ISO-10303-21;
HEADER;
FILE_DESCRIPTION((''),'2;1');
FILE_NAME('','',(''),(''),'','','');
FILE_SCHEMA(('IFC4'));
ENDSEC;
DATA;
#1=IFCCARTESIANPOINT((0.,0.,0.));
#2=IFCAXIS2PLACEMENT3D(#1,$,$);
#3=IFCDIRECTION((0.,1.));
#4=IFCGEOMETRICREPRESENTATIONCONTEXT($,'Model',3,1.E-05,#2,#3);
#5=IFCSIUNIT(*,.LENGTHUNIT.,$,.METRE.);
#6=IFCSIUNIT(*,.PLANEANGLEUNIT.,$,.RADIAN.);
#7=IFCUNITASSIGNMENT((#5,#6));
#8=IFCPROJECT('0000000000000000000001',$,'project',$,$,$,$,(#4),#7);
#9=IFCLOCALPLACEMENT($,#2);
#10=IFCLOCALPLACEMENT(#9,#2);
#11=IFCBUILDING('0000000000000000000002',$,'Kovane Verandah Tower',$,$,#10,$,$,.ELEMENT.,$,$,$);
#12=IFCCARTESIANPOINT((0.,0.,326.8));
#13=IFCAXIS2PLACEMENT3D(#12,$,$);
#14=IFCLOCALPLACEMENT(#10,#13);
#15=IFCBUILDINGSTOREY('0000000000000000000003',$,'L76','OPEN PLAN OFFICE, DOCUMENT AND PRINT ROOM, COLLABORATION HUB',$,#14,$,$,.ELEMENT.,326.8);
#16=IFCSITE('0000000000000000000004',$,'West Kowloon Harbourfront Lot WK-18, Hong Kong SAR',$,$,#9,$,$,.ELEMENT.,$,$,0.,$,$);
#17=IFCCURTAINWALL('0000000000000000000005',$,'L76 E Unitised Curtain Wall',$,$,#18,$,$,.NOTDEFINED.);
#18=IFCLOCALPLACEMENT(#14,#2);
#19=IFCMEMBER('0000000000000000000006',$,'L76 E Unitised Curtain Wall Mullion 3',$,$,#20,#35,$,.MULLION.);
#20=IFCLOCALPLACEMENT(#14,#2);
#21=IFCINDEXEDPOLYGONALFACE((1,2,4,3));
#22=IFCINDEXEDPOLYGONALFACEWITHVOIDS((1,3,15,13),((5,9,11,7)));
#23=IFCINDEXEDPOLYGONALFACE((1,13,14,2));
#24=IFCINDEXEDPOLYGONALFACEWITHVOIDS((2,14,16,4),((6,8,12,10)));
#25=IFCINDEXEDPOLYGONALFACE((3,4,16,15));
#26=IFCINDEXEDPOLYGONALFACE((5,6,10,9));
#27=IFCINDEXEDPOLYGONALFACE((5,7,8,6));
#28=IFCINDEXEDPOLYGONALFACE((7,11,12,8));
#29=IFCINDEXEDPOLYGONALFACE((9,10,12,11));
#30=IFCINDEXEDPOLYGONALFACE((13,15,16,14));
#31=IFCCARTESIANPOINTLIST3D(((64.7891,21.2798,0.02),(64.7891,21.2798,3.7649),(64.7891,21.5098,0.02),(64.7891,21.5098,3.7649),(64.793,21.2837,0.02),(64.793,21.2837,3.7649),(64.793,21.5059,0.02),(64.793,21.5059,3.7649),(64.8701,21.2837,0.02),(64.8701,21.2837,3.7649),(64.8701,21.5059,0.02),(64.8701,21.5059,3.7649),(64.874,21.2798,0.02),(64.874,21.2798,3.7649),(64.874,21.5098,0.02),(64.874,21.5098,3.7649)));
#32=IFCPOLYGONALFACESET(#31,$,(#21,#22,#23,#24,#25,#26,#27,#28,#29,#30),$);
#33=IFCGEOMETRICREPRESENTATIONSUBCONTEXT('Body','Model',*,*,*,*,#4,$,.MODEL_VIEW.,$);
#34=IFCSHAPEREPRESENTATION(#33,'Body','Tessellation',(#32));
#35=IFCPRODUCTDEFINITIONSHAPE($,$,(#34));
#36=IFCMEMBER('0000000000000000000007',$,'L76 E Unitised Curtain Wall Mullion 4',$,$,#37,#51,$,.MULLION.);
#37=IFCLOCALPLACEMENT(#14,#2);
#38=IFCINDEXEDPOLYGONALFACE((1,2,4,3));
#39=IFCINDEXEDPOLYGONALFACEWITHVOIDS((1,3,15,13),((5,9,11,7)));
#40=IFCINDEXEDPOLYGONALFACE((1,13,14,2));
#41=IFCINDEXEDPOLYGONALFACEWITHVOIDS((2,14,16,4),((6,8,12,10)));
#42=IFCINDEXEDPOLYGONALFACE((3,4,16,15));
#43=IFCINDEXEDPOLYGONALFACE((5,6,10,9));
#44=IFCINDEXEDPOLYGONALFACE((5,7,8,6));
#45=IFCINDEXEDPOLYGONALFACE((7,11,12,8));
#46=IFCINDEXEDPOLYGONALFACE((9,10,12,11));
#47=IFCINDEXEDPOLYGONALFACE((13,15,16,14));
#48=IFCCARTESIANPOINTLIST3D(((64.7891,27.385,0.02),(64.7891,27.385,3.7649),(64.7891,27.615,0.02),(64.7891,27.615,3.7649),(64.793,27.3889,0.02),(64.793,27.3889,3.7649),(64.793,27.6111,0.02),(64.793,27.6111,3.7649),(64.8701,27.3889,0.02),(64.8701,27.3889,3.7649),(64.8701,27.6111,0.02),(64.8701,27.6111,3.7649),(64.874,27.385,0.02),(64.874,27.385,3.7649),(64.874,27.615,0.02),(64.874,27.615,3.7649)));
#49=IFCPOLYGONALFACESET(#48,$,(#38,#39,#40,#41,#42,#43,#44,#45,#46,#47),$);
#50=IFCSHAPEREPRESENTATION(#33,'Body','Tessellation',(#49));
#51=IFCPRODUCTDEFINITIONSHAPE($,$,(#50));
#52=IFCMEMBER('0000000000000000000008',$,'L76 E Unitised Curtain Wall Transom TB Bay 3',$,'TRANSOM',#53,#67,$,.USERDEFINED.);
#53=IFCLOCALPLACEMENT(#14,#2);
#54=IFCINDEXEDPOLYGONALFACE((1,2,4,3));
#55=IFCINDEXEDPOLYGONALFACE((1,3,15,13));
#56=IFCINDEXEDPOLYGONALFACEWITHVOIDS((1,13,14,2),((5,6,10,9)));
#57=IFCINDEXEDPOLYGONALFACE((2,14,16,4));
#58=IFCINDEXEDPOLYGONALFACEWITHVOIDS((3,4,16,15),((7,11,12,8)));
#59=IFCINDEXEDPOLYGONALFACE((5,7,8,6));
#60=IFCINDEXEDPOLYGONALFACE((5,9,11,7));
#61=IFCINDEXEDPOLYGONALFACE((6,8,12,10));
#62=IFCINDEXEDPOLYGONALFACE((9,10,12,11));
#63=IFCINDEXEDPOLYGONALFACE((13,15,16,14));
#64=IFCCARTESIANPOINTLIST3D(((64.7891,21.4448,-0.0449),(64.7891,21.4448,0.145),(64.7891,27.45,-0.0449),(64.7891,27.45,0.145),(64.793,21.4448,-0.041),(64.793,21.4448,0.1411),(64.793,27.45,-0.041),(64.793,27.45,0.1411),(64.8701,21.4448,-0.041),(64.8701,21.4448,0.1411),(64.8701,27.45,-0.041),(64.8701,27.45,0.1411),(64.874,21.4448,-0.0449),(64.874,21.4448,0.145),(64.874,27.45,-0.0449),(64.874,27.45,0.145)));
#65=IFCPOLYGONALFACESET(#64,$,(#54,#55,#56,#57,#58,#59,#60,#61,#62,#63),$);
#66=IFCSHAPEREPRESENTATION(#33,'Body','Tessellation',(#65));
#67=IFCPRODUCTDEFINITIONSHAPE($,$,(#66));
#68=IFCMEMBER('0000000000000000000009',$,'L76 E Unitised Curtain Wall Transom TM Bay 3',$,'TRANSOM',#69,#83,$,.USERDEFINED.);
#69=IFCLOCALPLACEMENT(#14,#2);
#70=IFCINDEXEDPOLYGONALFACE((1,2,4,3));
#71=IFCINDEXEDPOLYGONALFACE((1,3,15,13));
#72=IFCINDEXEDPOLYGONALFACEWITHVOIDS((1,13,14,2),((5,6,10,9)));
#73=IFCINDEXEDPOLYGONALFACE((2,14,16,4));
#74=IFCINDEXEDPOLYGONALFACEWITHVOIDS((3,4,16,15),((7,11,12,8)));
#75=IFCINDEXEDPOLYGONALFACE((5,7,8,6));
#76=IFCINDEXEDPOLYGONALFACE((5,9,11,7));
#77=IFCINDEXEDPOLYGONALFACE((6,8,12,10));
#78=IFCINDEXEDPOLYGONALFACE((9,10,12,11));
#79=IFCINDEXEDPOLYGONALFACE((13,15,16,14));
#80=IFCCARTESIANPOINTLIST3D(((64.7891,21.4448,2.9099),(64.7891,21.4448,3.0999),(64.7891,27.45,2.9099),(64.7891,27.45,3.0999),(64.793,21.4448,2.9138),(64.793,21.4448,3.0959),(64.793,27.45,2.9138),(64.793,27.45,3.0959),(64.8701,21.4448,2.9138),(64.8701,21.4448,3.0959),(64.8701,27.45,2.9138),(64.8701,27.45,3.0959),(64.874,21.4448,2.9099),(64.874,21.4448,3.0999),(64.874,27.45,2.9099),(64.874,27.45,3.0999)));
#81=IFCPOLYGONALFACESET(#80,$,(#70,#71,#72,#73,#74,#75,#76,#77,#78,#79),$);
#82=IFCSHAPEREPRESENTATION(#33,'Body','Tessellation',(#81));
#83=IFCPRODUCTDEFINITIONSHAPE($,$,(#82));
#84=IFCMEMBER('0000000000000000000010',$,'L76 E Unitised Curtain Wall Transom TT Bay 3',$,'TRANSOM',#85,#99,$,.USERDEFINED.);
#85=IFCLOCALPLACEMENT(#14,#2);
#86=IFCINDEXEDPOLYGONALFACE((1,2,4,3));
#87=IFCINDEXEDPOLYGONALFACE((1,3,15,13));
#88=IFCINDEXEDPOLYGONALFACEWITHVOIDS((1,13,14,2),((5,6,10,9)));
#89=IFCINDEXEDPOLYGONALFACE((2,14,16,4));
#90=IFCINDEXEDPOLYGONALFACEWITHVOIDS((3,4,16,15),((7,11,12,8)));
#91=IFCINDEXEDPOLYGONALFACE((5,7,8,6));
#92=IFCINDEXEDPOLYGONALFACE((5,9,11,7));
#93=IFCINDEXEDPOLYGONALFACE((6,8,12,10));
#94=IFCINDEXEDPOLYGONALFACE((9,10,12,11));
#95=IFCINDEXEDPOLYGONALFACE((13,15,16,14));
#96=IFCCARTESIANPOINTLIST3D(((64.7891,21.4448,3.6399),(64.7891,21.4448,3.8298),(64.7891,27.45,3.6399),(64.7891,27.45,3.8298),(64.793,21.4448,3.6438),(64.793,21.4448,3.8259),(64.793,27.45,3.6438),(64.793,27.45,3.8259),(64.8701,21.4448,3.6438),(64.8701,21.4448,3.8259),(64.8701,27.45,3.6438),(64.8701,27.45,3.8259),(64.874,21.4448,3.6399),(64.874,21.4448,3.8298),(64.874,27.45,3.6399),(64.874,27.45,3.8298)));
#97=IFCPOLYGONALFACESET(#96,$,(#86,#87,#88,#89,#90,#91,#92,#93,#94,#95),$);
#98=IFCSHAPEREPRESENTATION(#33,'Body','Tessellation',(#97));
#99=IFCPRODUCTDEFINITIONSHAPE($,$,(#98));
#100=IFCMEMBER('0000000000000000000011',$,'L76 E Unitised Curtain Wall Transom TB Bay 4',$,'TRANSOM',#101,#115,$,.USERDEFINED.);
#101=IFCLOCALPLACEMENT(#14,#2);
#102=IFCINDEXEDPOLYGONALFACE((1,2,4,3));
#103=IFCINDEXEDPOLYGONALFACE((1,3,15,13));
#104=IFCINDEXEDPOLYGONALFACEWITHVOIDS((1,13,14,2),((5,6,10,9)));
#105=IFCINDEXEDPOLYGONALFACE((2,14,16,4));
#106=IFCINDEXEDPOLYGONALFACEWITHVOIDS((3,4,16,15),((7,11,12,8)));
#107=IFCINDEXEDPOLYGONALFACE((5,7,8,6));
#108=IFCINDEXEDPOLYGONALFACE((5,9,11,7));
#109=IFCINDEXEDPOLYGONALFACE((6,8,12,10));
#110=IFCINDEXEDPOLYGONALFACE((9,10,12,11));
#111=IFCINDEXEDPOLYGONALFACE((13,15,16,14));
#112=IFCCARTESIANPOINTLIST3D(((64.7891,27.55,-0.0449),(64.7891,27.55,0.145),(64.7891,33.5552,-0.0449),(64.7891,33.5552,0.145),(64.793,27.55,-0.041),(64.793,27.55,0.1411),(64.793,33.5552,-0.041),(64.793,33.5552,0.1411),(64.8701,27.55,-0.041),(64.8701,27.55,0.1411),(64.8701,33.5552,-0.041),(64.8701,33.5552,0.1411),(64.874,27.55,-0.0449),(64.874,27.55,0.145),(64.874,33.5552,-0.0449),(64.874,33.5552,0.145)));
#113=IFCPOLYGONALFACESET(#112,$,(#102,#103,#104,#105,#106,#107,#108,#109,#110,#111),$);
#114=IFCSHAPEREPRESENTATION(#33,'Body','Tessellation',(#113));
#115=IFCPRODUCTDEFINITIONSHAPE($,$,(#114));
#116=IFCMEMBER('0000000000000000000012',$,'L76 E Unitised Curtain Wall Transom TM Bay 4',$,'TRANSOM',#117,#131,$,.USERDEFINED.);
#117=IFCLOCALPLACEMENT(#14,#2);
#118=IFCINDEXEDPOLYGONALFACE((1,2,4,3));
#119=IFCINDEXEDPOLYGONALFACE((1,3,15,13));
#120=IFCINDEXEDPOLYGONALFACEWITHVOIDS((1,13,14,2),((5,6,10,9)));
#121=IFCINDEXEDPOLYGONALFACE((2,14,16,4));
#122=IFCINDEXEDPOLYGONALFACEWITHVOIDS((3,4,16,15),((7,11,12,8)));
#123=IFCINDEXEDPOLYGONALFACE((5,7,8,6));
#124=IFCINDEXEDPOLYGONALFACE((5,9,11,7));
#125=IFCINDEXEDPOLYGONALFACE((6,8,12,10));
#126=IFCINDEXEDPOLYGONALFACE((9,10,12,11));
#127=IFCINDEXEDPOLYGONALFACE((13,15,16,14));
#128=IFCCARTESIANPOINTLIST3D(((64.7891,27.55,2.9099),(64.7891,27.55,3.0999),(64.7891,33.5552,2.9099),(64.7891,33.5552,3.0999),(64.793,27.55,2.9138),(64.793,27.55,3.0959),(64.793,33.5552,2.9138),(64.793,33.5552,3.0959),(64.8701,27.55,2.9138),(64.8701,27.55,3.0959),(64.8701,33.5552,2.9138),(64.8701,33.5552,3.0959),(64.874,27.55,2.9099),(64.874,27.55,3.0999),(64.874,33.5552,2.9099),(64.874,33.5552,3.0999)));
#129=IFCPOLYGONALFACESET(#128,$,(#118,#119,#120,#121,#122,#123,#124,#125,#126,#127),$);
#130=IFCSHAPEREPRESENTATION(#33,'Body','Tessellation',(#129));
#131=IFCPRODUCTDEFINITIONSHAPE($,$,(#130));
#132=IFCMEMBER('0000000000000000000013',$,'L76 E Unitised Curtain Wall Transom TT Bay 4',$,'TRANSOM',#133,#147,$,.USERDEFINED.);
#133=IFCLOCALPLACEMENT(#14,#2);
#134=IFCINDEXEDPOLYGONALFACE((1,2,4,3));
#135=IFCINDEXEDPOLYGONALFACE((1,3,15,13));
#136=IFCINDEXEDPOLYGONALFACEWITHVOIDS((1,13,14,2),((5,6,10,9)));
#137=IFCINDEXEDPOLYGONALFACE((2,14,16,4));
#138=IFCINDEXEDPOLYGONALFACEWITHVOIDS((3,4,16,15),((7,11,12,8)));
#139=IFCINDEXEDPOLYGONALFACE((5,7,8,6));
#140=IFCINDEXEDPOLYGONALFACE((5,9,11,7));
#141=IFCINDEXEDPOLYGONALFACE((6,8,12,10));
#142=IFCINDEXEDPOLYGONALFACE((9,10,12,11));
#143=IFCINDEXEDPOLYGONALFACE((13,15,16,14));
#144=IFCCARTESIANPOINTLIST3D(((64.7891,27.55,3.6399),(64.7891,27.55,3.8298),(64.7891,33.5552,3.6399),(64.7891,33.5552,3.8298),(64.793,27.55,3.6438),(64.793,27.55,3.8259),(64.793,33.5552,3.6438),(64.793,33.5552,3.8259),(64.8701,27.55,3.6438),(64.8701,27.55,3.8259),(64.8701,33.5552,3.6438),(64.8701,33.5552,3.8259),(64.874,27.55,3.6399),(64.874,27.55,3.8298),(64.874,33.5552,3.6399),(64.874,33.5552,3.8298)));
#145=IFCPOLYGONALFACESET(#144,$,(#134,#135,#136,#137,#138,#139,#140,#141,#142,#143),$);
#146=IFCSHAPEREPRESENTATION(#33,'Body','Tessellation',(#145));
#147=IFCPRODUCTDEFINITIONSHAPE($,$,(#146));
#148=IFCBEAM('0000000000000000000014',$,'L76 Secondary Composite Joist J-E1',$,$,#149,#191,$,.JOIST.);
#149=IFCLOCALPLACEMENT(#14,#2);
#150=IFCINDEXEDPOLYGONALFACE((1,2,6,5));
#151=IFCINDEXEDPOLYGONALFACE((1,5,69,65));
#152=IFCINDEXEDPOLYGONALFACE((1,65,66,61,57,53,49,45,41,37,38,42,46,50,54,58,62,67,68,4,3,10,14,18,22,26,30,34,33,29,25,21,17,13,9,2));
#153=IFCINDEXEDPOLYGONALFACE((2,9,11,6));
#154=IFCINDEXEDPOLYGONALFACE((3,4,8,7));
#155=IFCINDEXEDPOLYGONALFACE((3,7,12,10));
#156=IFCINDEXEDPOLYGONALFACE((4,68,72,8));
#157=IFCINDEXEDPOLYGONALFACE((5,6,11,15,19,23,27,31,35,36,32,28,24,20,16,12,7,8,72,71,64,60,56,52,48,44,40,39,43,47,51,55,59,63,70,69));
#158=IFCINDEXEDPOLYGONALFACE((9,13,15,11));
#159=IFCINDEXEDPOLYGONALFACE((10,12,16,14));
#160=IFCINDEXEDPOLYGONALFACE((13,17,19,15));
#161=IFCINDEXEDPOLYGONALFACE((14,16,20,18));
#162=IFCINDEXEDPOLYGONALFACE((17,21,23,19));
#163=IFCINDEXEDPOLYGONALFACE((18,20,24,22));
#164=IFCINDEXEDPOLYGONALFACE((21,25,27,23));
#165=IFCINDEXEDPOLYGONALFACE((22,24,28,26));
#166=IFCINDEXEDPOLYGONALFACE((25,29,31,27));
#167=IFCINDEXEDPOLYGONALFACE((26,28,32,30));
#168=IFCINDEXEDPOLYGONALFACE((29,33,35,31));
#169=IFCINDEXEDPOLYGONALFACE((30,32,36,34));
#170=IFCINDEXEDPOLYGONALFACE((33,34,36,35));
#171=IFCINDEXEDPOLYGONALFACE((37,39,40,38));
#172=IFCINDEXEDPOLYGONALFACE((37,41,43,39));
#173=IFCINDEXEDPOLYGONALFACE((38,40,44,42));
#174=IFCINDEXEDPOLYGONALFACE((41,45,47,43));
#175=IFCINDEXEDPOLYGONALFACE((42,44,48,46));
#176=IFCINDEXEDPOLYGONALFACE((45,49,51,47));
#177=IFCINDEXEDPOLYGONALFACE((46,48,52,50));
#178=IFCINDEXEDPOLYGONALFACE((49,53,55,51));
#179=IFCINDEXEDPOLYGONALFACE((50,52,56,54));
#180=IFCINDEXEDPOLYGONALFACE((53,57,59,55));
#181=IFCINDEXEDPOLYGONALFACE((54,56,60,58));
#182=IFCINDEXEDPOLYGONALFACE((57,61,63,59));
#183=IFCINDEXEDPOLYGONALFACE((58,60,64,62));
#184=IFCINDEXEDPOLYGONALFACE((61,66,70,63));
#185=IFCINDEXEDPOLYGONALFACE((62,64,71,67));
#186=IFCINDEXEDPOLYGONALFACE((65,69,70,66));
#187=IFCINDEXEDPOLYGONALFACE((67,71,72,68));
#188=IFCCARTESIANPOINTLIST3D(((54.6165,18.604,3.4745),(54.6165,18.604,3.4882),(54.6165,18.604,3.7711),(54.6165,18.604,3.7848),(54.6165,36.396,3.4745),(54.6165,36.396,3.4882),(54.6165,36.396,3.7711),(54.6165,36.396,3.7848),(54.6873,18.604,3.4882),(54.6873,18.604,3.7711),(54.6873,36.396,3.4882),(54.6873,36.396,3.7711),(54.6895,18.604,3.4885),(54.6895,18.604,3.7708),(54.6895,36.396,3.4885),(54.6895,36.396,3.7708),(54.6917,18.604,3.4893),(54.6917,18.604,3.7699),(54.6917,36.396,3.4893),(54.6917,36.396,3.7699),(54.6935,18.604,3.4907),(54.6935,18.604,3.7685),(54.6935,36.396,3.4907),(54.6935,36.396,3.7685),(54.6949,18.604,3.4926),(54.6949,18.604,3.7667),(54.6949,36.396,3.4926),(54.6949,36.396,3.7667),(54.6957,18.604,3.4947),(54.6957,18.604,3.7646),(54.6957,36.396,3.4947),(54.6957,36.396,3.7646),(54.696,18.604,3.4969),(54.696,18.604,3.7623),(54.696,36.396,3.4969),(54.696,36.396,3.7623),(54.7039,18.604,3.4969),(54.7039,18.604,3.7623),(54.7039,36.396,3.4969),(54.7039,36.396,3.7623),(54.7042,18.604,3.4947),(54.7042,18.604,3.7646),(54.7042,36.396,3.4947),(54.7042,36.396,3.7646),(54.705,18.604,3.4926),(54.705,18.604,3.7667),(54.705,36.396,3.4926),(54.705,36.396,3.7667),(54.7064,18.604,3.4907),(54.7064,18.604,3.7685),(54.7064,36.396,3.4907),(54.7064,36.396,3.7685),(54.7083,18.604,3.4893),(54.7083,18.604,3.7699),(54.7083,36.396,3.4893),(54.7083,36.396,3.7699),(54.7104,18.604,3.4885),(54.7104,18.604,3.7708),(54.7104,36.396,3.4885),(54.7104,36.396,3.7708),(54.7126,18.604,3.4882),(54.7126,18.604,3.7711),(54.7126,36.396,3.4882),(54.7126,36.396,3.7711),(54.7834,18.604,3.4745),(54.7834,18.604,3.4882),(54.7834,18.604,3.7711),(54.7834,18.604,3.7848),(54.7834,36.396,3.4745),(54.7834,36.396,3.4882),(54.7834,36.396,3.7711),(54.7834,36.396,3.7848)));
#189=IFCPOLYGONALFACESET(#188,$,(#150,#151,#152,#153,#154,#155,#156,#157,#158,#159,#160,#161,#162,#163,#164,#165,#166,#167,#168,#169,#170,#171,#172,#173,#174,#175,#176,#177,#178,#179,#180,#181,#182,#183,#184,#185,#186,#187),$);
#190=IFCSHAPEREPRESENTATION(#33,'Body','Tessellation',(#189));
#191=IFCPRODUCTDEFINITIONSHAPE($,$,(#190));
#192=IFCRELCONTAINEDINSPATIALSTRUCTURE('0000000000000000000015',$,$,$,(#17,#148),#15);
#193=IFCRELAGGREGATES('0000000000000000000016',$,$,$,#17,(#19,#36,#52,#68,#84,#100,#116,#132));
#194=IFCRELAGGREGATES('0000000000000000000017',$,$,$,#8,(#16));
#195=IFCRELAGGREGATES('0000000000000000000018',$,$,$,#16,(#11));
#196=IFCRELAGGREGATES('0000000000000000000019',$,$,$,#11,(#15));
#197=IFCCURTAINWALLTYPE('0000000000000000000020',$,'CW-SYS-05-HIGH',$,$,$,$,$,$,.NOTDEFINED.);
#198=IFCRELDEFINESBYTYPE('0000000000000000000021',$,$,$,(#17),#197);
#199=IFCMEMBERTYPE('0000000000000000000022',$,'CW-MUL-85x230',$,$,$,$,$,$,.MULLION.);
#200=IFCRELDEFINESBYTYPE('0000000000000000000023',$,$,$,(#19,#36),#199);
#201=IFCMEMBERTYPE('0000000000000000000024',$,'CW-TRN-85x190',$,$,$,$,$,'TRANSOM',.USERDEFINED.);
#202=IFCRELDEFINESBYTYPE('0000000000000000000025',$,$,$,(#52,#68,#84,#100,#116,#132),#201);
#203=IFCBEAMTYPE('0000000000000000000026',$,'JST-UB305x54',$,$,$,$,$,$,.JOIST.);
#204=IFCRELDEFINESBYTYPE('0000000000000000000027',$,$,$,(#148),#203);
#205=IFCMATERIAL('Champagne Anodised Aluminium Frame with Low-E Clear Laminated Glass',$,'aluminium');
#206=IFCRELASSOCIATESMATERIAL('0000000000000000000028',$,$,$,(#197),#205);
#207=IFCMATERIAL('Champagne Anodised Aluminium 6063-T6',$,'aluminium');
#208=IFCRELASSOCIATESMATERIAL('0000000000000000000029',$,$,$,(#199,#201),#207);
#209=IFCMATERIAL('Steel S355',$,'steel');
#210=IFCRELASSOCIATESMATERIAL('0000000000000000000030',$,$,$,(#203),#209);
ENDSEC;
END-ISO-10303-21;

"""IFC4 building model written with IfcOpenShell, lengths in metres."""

from ifc_helpers import new_model, si_unit, direction, frame, origin, origin_2d, place, context, subcontext, project, spatial, hollow_rectangle, i_section, extrude, material, material_profile, profile_set, type_object, element, aggregate, save


model = new_model("IFC4")

# Units and contexts
model_context = context("Model", 3, precision=1e-05, world=origin(), true_north=direction((0.0, 1.0)))
body_context = subcontext(model_context, "Body", "Model", "MODEL_VIEW")
ifc_project = project(units=[si_unit("LENGTHUNIT", "METRE"), si_unit("PLANEANGLEUNIT", "RADIAN")], contexts=[model_context])

# Site, building, storey
site_placement = place(None, origin())
site = spatial("IfcSite", under=ifc_project, at=site_placement, Name="West Kowloon Harbourfront Lot WK-18, Hong Kong SAR", CompositionType="ELEMENT", RefElevation=0.0)
building_placement = place(site_placement, origin())
building = spatial("IfcBuilding", under=site, at=building_placement, Name="Kovane Verandah Tower", CompositionType="ELEMENT")
storey_placement = place(building_placement, frame((0.0, 0.0, 326.8)))
storey = spatial("IfcBuildingStorey", under=building, at=storey_placement, Name="L76", Description="OPEN PLAN OFFICE, DOCUMENT AND PRINT ROOM, COLLABORATION HUB", CompositionType="ELEMENT", Elevation=326.8)

# Shared definitions
ifc_material_1 = material(Name="Steel S355", Category="steel")

# Curtain wall, members
ifc_material_2 = material(Name="Champagne Anodised Aluminium Frame with Low-E Clear Laminated Glass", Category="aluminium")
curtain_wall_type = type_object("IfcCurtainWallType", Name="CW-SYS-05-HIGH", PredefinedType="NOTDEFINED", material=ifc_material_2)
curtain_wall_placement = place(storey_placement, origin())
curtain_wall = element("IfcCurtainWall", 1, at=curtain_wall_placement, inside=storey, type_object=curtain_wall_type, Name="L76 E Unitised Curtain Wall", PredefinedType="NOTDEFINED")
ifc_material_3 = material(Name="Champagne Anodised Aluminium 6063-T6", Category="aluminium")
ifc_material_profile_1 = material_profile(ifc_material_3, hollow_rectangle(XDim=0.085, YDim=0.23, WallThickness=0.0039, at=origin_2d()), Name="AL85x230x4")
ifc_profile_set_1 = profile_set([ifc_material_profile_1], Name="Champagne Anodised Aluminium 6063-T6")
member_type_1 = type_object("IfcMemberType", Name="CW-MUL-85x230", PredefinedType="MULLION", material=ifc_profile_set_1)
member_1_placement = place(storey_placement, frame((64.8315, 21.3948, 0.02), z_axis=(0.0, 0.0, 1.0), x_axis=(1.0, 0.0, 0.0)))
member_1 = element("IfcMember", 2, at=member_1_placement, type_object=member_type_1, Name="L76 E Unitised Curtain Wall Mullion 3", PredefinedType="MULLION", context=body_context, shape_type="SweptSolid", body=[
    extrude(hollow_rectangle(XDim=0.085, YDim=0.23, WallThickness=0.0039, at=origin_2d()), origin(), (0.0, 0.0, 1.0), 3.7449),
])
member_2_placement = place(storey_placement, frame((64.8315, 27.5, 0.02), z_axis=(0.0, 0.0, 1.0), x_axis=(1.0, 0.0, 0.0)))
member_2 = element("IfcMember", 3, at=member_2_placement, type_object=member_type_1, Name="L76 E Unitised Curtain Wall Mullion 4", PredefinedType="MULLION", context=body_context, shape_type="SweptSolid", body=[
    extrude(hollow_rectangle(XDim=0.085, YDim=0.23, WallThickness=0.0039, at=origin_2d()), origin(), (0.0, 0.0, 1.0), 3.7449),
])
ifc_material_profile_2 = material_profile(ifc_material_3, hollow_rectangle(XDim=0.085, YDim=0.1899, WallThickness=0.0039, at=origin_2d()), Name="AL85x190x4")
ifc_profile_set_2 = profile_set([ifc_material_profile_2], Name="Champagne Anodised Aluminium 6063-T6")
member_type_2 = type_object("IfcMemberType", Name="CW-TRN-85x190", ElementType="TRANSOM", PredefinedType="USERDEFINED", material=ifc_profile_set_2)
member_3_placement = place(storey_placement, frame((64.8315, 21.4448, 0.05), z_axis=(0.0, 1.0, 0.0), x_axis=(-1.0, 0.0, 0.0)))
member_3 = element("IfcMember", 4, at=member_3_placement, type_object=member_type_2, Name="L76 E Unitised Curtain Wall Transom TB Bay 3", ObjectType="TRANSOM", PredefinedType="USERDEFINED", context=body_context, shape_type="SweptSolid", body=[
    extrude(hollow_rectangle(XDim=0.085, YDim=0.1899, WallThickness=0.0039, at=origin_2d()), origin(), (0.0, 0.0, 1.0), 6.0051),
])
member_4_placement = place(storey_placement, frame((64.8315, 21.4448, 3.0049), z_axis=(0.0, 1.0, 0.0), x_axis=(-1.0, 0.0, 0.0)))
member_4 = element("IfcMember", 5, at=member_4_placement, type_object=member_type_2, Name="L76 E Unitised Curtain Wall Transom TM Bay 3", ObjectType="TRANSOM", PredefinedType="USERDEFINED", context=body_context, shape_type="SweptSolid", body=[
    extrude(hollow_rectangle(XDim=0.085, YDim=0.1899, WallThickness=0.0039, at=origin_2d()), origin(), (0.0, 0.0, 1.0), 6.0051),
])
member_5_placement = place(storey_placement, frame((64.8315, 21.4448, 3.7349), z_axis=(0.0, 1.0, 0.0), x_axis=(-1.0, 0.0, 0.0)))
member_5 = element("IfcMember", 6, at=member_5_placement, type_object=member_type_2, Name="L76 E Unitised Curtain Wall Transom TT Bay 3", ObjectType="TRANSOM", PredefinedType="USERDEFINED", context=body_context, shape_type="SweptSolid", body=[
    extrude(hollow_rectangle(XDim=0.085, YDim=0.1899, WallThickness=0.0039, at=origin_2d()), origin(), (0.0, 0.0, 1.0), 6.0051),
])
member_6_placement = place(storey_placement, frame((64.8315, 27.55, 0.05), z_axis=(0.0, 1.0, 0.0), x_axis=(-1.0, 0.0, 0.0)))
member_6 = element("IfcMember", 7, at=member_6_placement, type_object=member_type_2, Name="L76 E Unitised Curtain Wall Transom TB Bay 4", ObjectType="TRANSOM", PredefinedType="USERDEFINED", context=body_context, shape_type="SweptSolid", body=[
    extrude(hollow_rectangle(XDim=0.085, YDim=0.1899, WallThickness=0.0039, at=origin_2d()), origin(), (0.0, 0.0, 1.0), 6.0051),
])
member_7_placement = place(storey_placement, frame((64.8315, 27.55, 3.0049), z_axis=(0.0, 1.0, 0.0), x_axis=(-1.0, 0.0, 0.0)))
member_7 = element("IfcMember", 8, at=member_7_placement, type_object=member_type_2, Name="L76 E Unitised Curtain Wall Transom TM Bay 4", ObjectType="TRANSOM", PredefinedType="USERDEFINED", context=body_context, shape_type="SweptSolid", body=[
    extrude(hollow_rectangle(XDim=0.085, YDim=0.1899, WallThickness=0.0039, at=origin_2d()), origin(), (0.0, 0.0, 1.0), 6.0051),
])
member_8_placement = place(storey_placement, frame((64.8315, 27.55, 3.7349), z_axis=(0.0, 1.0, 0.0), x_axis=(-1.0, 0.0, 0.0)))
member_8 = element("IfcMember", 9, at=member_8_placement, type_object=member_type_2, Name="L76 E Unitised Curtain Wall Transom TT Bay 4", ObjectType="TRANSOM", PredefinedType="USERDEFINED", context=body_context, shape_type="SweptSolid", body=[
    extrude(hollow_rectangle(XDim=0.085, YDim=0.1899, WallThickness=0.0039, at=origin_2d()), origin(), (0.0, 0.0, 1.0), 6.0051),
])

# Beam
ifc_material_profile_3 = material_profile(ifc_material_1, i_section(OverallWidth=0.167, OverallDepth=0.3103, WebThickness=0.0078, FlangeThickness=0.0137, FilletRadius=0.0088, at=origin_2d()), Name="UB305x165x54")
ifc_profile_set_3 = profile_set([ifc_material_profile_3], Name="Steel S355")
beam_type_1 = type_object("IfcBeamType", Name="JST-UB305x54", PredefinedType="JOIST", material=ifc_profile_set_3)
beam_1_placement = place(storey_placement, frame((54.7, 18.604, 3.6296), z_axis=(0.0, 1.0, 0.0), x_axis=(-1.0, 0.0, 0.0)))
element("IfcBeam", 10, at=beam_1_placement, inside=storey, type_object=beam_type_1, Name="L76 Secondary Composite Joist J-E1", PredefinedType="JOIST", context=body_context, shape_type="SweptSolid", body=[
    extrude(i_section(OverallWidth=0.167, OverallDepth=0.3103, WebThickness=0.0078, FlangeThickness=0.0137, FilletRadius=0.0088, at=origin_2d()), origin(), (0.0, 0.0, 1.0), 17.792),
])

aggregate(curtain_wall, [member_1, member_2, member_3, member_4, member_5, member_6, member_7, member_8])

save(model, "model.ifc")
